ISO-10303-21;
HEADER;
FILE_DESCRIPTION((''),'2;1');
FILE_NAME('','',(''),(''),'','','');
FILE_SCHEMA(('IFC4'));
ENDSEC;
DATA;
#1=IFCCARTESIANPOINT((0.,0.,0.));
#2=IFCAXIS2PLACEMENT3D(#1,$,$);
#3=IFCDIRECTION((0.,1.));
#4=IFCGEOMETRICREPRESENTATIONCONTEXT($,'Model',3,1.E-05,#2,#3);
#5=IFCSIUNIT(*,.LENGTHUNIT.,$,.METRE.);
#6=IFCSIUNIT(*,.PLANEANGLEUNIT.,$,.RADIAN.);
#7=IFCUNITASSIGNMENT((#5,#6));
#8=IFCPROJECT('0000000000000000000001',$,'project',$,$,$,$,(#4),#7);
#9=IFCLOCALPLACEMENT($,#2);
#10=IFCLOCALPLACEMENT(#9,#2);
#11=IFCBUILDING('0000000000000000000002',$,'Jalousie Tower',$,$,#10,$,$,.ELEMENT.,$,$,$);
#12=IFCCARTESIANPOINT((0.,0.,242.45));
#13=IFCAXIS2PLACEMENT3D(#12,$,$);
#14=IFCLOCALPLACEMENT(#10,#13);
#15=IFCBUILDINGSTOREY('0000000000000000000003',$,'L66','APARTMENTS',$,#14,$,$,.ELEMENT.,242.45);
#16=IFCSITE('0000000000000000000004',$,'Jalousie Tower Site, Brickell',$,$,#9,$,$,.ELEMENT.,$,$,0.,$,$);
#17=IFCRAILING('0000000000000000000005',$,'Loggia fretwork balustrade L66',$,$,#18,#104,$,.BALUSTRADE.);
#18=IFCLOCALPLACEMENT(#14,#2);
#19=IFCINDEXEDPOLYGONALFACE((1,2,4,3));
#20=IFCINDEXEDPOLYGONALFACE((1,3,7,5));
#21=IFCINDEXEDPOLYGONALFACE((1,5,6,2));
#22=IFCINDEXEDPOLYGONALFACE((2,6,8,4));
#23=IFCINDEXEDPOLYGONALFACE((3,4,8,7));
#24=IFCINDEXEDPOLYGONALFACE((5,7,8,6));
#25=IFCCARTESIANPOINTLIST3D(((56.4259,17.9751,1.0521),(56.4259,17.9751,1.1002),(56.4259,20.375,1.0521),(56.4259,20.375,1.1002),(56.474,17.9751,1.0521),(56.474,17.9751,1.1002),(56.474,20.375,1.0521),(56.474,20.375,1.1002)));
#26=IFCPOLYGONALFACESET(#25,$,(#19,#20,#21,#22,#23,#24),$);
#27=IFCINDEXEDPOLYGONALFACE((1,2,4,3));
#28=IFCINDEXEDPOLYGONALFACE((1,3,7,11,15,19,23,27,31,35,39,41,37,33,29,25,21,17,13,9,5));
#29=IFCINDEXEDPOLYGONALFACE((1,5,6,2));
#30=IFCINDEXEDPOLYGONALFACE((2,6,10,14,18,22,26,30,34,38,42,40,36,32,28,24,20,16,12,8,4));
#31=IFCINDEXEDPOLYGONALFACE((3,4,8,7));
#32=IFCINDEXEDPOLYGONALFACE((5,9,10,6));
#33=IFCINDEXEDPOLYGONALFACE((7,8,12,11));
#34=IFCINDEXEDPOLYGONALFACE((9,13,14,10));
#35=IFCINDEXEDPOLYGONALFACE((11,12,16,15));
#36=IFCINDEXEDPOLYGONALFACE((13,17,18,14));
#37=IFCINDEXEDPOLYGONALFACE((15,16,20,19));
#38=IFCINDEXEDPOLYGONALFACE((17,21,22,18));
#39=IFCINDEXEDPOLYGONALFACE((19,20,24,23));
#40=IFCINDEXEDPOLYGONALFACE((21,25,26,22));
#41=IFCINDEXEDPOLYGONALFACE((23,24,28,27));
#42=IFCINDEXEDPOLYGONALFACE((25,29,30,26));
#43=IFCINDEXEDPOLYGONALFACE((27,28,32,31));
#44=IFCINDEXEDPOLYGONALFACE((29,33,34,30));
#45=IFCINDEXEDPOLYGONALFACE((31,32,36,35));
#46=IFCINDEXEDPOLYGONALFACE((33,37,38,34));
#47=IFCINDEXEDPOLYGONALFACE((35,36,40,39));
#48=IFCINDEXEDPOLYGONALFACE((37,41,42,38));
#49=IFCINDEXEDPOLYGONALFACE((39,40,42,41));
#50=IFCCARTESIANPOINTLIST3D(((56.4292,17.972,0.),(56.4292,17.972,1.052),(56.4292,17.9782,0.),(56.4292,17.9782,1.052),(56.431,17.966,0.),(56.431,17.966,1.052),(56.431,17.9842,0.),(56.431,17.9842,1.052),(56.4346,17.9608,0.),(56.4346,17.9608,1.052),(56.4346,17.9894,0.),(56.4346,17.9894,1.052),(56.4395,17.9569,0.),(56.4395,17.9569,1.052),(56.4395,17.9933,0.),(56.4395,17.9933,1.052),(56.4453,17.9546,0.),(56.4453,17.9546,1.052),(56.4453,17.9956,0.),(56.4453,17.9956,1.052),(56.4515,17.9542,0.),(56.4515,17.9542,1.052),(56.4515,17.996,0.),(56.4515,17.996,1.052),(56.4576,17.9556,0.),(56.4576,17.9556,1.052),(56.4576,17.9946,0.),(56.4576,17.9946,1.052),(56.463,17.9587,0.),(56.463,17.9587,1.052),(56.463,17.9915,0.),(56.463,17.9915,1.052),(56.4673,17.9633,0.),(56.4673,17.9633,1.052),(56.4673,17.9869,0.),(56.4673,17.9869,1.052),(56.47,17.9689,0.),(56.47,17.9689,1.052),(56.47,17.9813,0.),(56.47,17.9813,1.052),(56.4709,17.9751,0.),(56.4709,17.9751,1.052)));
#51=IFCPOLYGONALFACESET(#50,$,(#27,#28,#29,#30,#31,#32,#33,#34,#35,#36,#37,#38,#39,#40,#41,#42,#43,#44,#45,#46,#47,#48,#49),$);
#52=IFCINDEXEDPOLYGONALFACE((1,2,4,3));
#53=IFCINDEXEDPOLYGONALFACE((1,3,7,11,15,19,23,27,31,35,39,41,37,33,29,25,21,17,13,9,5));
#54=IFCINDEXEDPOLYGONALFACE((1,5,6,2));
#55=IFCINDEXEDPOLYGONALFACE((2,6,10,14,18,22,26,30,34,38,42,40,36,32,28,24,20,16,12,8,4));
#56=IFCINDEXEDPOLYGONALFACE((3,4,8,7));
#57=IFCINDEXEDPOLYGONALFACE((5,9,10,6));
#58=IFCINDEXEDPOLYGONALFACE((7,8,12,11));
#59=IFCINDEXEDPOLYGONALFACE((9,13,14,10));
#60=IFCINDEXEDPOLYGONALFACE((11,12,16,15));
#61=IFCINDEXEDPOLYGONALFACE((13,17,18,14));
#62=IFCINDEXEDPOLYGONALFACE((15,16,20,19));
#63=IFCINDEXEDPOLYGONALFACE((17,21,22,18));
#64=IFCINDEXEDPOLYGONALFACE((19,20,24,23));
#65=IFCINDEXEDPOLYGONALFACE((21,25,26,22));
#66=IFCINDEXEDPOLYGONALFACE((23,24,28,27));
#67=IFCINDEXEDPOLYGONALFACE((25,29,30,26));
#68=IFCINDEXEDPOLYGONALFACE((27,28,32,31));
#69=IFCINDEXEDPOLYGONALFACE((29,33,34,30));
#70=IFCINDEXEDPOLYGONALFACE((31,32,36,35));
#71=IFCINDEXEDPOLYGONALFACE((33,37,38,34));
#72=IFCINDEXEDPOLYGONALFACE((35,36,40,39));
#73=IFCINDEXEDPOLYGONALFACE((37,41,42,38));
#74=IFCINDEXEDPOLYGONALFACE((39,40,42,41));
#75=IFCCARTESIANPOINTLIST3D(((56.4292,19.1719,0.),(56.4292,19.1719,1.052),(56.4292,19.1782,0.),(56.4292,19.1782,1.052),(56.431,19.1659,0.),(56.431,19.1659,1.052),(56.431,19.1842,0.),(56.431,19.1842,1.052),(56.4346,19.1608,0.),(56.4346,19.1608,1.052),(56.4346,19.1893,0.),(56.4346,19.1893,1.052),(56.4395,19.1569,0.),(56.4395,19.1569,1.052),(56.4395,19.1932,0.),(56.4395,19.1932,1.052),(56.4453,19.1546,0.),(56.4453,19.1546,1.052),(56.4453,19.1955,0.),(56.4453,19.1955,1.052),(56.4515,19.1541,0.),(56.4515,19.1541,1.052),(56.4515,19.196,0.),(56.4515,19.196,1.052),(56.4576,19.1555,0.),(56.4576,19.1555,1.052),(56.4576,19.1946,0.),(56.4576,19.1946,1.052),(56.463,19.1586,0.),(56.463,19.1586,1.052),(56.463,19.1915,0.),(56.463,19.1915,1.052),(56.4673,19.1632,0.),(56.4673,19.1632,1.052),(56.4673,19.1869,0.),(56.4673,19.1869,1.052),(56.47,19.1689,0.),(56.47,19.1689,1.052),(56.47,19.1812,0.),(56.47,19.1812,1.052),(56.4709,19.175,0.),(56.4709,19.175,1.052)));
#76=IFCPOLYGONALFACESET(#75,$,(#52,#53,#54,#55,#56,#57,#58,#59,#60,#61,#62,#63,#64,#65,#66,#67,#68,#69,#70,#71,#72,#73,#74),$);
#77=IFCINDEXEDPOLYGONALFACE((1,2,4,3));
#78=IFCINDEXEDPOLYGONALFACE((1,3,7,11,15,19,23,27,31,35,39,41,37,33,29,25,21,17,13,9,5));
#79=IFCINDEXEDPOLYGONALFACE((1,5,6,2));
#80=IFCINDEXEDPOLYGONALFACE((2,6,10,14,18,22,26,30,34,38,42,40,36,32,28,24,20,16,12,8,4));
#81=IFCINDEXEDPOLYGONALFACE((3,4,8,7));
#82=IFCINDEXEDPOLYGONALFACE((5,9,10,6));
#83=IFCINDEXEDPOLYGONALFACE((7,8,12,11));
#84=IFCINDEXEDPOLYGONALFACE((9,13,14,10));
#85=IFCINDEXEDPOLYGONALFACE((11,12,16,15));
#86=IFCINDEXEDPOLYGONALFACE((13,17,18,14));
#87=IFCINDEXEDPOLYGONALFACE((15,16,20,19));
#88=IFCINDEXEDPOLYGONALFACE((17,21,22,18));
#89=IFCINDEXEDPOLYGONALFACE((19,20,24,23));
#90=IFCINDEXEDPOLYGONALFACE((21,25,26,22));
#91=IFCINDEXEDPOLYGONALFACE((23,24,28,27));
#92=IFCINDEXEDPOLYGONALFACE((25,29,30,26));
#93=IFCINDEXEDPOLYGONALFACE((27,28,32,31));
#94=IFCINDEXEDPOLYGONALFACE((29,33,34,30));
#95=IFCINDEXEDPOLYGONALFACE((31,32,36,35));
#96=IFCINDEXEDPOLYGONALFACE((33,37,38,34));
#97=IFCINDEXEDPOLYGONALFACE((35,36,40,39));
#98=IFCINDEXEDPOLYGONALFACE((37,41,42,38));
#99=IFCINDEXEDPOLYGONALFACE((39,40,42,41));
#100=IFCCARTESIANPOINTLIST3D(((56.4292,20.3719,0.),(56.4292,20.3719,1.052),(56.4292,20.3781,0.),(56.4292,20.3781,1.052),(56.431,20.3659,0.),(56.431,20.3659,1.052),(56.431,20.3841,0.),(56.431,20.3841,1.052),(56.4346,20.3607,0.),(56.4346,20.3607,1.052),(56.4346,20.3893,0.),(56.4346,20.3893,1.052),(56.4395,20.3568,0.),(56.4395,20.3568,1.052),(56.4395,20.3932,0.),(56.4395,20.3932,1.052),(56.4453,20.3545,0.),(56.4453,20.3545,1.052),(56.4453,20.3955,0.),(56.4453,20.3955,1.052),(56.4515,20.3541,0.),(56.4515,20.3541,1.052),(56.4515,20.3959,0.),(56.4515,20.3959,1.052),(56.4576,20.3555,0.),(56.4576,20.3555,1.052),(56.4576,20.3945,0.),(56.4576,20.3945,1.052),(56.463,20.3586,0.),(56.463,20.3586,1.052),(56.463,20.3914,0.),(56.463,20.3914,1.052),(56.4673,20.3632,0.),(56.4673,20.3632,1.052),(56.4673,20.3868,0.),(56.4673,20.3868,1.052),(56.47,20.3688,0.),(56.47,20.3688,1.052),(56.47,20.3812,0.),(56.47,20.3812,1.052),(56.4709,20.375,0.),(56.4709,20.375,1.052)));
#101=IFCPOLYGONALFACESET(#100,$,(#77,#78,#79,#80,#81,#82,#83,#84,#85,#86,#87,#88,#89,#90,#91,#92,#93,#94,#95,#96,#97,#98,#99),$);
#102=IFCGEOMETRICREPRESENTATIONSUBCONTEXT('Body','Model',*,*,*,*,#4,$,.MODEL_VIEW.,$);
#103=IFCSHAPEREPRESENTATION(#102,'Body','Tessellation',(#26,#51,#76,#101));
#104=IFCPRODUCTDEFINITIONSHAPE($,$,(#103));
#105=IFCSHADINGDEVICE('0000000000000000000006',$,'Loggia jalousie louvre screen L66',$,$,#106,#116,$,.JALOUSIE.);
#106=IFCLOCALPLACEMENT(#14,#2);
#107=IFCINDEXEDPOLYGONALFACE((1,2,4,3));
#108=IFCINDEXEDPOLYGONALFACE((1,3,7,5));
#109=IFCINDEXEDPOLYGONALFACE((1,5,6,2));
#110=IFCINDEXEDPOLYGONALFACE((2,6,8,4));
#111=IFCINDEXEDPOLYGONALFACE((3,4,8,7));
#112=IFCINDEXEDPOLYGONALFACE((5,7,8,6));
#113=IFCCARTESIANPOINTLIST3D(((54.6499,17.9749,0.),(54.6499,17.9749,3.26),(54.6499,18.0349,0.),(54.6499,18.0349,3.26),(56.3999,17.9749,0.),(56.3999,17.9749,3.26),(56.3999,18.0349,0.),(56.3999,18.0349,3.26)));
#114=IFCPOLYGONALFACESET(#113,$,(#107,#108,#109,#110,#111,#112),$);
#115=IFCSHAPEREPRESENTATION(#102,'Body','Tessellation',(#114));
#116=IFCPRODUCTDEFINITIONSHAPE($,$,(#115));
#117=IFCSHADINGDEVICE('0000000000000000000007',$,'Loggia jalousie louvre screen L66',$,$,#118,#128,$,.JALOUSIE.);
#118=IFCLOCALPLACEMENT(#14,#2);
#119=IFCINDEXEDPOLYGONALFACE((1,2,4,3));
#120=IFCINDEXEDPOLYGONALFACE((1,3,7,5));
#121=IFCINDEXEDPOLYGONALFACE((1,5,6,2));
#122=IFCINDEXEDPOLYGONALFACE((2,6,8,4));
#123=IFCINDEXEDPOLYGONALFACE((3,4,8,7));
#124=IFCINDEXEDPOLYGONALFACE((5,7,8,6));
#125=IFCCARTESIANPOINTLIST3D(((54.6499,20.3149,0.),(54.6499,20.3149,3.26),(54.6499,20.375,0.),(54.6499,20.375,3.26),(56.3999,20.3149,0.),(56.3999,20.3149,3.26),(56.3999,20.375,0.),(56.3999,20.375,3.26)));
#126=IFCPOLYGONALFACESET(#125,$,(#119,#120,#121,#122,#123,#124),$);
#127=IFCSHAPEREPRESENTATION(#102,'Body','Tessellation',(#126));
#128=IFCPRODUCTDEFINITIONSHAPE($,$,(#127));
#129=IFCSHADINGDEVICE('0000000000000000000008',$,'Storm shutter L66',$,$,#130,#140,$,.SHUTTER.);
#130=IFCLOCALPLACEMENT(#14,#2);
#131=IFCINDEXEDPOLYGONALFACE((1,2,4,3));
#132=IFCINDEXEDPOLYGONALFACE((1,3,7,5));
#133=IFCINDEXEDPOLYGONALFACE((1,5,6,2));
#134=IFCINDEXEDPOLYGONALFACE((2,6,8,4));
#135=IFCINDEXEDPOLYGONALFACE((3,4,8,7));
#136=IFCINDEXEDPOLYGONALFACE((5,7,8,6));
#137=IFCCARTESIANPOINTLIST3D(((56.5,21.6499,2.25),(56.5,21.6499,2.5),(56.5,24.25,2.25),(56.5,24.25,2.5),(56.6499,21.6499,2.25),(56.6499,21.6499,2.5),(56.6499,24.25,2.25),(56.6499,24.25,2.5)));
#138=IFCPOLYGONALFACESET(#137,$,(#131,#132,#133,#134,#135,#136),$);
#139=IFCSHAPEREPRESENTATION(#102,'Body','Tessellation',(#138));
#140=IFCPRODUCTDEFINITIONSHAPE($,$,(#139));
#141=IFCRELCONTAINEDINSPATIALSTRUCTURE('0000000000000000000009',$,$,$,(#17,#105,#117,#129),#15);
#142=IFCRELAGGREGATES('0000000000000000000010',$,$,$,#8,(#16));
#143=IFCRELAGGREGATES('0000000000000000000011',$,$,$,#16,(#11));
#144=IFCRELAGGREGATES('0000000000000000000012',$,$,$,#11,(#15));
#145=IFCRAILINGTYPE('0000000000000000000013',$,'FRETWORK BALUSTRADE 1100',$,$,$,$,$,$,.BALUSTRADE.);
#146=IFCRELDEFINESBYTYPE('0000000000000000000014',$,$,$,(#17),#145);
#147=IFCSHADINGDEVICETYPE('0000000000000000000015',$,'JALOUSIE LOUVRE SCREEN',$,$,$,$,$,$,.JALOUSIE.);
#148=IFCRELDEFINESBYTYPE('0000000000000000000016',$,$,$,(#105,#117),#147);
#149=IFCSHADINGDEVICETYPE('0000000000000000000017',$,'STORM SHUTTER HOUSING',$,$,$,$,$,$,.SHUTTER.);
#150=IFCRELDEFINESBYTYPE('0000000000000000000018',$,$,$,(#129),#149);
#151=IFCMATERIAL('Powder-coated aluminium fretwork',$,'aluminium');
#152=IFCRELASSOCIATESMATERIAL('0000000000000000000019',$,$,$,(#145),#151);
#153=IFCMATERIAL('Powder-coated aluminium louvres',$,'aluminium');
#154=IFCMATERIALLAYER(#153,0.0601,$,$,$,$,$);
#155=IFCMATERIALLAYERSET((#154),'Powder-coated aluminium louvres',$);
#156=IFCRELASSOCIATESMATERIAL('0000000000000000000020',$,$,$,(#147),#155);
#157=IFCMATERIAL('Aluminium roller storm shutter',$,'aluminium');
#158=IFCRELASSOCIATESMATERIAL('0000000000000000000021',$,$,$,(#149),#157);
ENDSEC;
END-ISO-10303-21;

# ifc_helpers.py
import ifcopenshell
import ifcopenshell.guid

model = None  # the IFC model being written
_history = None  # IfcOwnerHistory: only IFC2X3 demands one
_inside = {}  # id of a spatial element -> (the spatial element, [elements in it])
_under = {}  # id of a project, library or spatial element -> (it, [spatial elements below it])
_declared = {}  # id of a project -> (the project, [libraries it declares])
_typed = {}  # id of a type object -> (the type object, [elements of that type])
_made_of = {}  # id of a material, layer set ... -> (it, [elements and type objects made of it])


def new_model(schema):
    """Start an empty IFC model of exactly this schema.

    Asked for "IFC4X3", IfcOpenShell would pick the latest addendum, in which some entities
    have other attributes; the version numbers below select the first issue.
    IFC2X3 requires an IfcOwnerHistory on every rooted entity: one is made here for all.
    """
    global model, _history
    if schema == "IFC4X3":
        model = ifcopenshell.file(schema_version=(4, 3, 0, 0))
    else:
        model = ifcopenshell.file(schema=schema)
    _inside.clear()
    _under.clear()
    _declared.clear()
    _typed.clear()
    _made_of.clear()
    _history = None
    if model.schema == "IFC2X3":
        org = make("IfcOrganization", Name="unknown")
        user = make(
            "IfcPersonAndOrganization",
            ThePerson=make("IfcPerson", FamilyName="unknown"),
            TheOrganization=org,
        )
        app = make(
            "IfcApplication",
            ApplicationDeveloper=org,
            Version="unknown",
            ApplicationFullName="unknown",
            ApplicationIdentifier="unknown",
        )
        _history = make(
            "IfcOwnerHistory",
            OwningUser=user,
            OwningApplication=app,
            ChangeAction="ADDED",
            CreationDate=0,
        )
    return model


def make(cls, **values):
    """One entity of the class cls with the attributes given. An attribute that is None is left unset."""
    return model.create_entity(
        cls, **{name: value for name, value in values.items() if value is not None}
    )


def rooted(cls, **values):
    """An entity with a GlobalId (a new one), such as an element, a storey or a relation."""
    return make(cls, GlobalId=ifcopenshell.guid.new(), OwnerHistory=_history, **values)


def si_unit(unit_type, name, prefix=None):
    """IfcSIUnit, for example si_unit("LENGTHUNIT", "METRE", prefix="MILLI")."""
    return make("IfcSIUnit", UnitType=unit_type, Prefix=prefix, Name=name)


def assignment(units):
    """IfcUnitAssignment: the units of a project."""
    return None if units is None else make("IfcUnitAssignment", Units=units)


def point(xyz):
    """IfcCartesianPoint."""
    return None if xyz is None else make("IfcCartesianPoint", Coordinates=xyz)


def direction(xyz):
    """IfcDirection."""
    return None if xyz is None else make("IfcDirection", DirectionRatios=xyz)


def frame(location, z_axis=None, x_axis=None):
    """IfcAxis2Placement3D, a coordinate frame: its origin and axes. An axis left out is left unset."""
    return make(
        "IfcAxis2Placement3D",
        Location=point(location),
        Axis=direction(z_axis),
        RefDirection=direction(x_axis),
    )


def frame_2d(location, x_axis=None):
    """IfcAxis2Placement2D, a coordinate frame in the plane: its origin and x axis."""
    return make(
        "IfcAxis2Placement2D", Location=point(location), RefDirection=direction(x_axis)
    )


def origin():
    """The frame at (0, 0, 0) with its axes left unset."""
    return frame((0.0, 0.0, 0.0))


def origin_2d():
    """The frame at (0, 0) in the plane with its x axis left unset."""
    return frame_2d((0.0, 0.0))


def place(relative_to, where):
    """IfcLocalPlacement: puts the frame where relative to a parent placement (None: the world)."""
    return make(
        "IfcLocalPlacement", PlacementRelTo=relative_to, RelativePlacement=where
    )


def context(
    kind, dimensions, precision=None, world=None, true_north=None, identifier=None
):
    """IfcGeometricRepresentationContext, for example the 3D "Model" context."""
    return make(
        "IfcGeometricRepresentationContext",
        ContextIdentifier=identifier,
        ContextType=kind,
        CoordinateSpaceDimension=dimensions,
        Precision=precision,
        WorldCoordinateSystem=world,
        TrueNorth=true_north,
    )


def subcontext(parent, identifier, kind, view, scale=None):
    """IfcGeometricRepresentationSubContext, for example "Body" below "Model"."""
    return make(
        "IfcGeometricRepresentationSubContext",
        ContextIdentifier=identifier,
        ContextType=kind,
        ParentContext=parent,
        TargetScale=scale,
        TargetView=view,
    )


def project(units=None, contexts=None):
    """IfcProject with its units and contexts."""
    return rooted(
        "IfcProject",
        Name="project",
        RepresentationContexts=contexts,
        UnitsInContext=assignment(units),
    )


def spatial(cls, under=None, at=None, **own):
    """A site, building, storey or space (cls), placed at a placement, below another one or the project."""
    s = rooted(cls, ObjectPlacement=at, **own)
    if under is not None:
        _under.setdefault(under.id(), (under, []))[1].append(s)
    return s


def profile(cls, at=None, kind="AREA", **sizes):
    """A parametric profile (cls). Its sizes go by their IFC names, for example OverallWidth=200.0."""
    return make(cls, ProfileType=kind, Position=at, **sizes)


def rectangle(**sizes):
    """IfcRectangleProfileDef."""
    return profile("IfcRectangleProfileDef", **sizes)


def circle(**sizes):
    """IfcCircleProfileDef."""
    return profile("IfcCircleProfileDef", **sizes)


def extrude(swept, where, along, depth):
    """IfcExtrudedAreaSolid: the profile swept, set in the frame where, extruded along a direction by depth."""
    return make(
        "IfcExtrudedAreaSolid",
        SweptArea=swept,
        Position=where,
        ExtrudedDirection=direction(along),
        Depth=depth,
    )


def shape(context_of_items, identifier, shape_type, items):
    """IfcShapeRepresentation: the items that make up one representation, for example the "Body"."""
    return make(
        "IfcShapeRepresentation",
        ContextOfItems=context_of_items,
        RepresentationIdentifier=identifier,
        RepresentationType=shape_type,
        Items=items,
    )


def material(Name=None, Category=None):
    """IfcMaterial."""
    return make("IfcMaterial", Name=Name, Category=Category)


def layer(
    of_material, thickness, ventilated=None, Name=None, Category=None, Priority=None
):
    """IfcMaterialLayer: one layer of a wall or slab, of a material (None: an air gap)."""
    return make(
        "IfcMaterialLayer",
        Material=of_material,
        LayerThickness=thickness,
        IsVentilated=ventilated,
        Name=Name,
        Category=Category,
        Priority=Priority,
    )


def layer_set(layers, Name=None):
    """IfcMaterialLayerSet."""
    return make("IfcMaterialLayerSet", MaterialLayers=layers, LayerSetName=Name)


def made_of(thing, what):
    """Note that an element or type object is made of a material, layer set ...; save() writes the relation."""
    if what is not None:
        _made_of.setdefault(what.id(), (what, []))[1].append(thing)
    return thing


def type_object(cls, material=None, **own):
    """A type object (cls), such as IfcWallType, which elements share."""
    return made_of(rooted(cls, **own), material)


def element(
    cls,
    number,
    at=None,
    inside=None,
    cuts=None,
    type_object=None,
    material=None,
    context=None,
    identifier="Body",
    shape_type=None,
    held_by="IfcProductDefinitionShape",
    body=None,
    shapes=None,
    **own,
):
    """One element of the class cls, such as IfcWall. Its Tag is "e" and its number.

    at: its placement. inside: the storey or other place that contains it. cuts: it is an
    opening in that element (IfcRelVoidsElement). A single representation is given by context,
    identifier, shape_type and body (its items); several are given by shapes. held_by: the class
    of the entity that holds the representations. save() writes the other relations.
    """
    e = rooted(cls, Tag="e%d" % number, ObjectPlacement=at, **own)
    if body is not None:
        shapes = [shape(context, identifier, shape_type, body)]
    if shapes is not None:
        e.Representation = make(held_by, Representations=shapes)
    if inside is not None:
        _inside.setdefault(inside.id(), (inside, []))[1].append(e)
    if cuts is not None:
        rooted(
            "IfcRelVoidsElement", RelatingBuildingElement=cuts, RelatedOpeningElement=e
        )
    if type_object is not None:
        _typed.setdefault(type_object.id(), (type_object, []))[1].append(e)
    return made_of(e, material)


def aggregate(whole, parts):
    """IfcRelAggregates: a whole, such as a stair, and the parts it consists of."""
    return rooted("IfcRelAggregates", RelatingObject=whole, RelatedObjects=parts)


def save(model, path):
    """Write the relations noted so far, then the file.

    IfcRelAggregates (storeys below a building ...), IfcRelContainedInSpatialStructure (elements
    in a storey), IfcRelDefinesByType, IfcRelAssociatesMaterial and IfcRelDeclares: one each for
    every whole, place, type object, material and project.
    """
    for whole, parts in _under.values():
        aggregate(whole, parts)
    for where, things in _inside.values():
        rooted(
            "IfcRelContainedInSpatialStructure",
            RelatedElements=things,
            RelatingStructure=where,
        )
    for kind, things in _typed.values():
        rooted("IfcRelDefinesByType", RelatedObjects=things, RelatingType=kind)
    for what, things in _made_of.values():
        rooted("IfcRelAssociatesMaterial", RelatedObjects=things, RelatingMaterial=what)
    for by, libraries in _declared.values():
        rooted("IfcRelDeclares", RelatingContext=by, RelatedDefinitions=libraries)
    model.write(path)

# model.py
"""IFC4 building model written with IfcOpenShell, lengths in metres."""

from ifc_helpers import new_model, si_unit, direction, frame, origin, origin_2d, place, context, subcontext, project, spatial, rectangle, circle, extrude, material, layer, layer_set, type_object, element, save


model = new_model("IFC4")

# Units and contexts
model_context = context("Model", 3, precision=1e-05, world=origin(), true_north=direction((0.0, 1.0)))
body_context = subcontext(model_context, "Body", "Model", "MODEL_VIEW")
ifc_project = project(units=[si_unit("LENGTHUNIT", "METRE"), si_unit("PLANEANGLEUNIT", "RADIAN")], contexts=[model_context])

# Site, building, storey
site_placement = place(None, origin())
site = spatial("IfcSite", under=ifc_project, at=site_placement, Name="Jalousie Tower Site, Brickell", CompositionType="ELEMENT", RefElevation=0.0)
building_placement = place(site_placement, origin())
building = spatial("IfcBuilding", under=site, at=building_placement, Name="Jalousie Tower", CompositionType="ELEMENT")
storey_placement = place(building_placement, frame((0.0, 0.0, 242.45)))
storey = spatial("IfcBuildingStorey", under=building, at=storey_placement, Name="L66", Description="APARTMENTS", CompositionType="ELEMENT", Elevation=242.45)

# Railing
ifc_material_1 = material(Name="Powder-coated aluminium fretwork", Category="aluminium")
railing_type = type_object("IfcRailingType", Name="FRETWORK BALUSTRADE 1100", PredefinedType="BALUSTRADE", material=ifc_material_1)
railing_placement = place(storey_placement, frame((56.45, 17.9751, 0.0)))
element("IfcRailing", 1, at=railing_placement, inside=storey, type_object=railing_type, Name="Loggia fretwork balustrade L66", PredefinedType="BALUSTRADE", context=body_context, shape_type="SweptSolid", body=[
    extrude(rectangle(XDim=0.0481, YDim=0.0481, at=origin_2d()), frame((0.0, 0.0, 1.0762), z_axis=(0.0, 1.0, 0.0), x_axis=(-1.0, 0.0, 0.0)), (0.0, 0.0, 1.0), 2.3999),
    extrude(circle(Radius=0.021, at=origin_2d()), origin(), (0.0, 0.0, 1.0), 1.052),
    extrude(circle(Radius=0.021, at=origin_2d()), frame((0.0, 1.2, 0.0)), (0.0, 0.0, 1.0), 1.052),
    extrude(circle(Radius=0.021, at=origin_2d()), frame((0.0, 2.3999, 0.0)), (0.0, 0.0, 1.0), 1.052),
])

# Shading devices
ifc_material_2 = material(Name="Powder-coated aluminium louvres", Category="aluminium")
ifc_layer = layer(ifc_material_2, 0.0601)
ifc_layer_set = layer_set([ifc_layer], Name="Powder-coated aluminium louvres")
shading_device_type_1 = type_object("IfcShadingDeviceType", Name="JALOUSIE LOUVRE SCREEN", PredefinedType="JALOUSIE", material=ifc_layer_set)
for number, where, z_axis, x_axis, name in (
    (2, (55.5249, 18.0049, 0.0), (0.0, 0.0, 1.0), (0.0, 1.0, 0.0), "Loggia jalousie louvre screen L66"),
    (3, (55.5249, 20.345, 0.0), (0.0, 0.0, 1.0), (0.0, 1.0, 0.0), "Loggia jalousie louvre screen L66"),
):
    element("IfcShadingDevice", number, at=place(storey_placement, frame(where, z_axis=z_axis, x_axis=x_axis)), inside=storey, type_object=shading_device_type_1, Name=name, PredefinedType="JALOUSIE", context=body_context, shape_type="SweptSolid", body=[
        extrude(rectangle(XDim=0.0601, YDim=1.75, at=origin_2d()), origin(), (0.0, 0.0, 1.0), 3.26),
    ])
ifc_material_3 = material(Name="Aluminium roller storm shutter", Category="aluminium")
shading_device_type_2 = type_object("IfcShadingDeviceType", Name="STORM SHUTTER HOUSING", PredefinedType="SHUTTER", material=ifc_material_3)
shading_device_placement = place(storey_placement, frame((56.575, 22.95, 2.25), z_axis=(0.0, 0.0, 1.0), x_axis=(0.0, 1.0, 0.0)))
element("IfcShadingDevice", 4, at=shading_device_placement, inside=storey, type_object=shading_device_type_2, Name="Storm shutter L66", PredefinedType="SHUTTER", context=body_context, shape_type="SweptSolid", body=[
    extrude(rectangle(XDim=2.6001, YDim=0.1499, at=origin_2d()), origin(), (0.0, 0.0, 1.0), 0.25),
])

save(model, "model.ifc")
